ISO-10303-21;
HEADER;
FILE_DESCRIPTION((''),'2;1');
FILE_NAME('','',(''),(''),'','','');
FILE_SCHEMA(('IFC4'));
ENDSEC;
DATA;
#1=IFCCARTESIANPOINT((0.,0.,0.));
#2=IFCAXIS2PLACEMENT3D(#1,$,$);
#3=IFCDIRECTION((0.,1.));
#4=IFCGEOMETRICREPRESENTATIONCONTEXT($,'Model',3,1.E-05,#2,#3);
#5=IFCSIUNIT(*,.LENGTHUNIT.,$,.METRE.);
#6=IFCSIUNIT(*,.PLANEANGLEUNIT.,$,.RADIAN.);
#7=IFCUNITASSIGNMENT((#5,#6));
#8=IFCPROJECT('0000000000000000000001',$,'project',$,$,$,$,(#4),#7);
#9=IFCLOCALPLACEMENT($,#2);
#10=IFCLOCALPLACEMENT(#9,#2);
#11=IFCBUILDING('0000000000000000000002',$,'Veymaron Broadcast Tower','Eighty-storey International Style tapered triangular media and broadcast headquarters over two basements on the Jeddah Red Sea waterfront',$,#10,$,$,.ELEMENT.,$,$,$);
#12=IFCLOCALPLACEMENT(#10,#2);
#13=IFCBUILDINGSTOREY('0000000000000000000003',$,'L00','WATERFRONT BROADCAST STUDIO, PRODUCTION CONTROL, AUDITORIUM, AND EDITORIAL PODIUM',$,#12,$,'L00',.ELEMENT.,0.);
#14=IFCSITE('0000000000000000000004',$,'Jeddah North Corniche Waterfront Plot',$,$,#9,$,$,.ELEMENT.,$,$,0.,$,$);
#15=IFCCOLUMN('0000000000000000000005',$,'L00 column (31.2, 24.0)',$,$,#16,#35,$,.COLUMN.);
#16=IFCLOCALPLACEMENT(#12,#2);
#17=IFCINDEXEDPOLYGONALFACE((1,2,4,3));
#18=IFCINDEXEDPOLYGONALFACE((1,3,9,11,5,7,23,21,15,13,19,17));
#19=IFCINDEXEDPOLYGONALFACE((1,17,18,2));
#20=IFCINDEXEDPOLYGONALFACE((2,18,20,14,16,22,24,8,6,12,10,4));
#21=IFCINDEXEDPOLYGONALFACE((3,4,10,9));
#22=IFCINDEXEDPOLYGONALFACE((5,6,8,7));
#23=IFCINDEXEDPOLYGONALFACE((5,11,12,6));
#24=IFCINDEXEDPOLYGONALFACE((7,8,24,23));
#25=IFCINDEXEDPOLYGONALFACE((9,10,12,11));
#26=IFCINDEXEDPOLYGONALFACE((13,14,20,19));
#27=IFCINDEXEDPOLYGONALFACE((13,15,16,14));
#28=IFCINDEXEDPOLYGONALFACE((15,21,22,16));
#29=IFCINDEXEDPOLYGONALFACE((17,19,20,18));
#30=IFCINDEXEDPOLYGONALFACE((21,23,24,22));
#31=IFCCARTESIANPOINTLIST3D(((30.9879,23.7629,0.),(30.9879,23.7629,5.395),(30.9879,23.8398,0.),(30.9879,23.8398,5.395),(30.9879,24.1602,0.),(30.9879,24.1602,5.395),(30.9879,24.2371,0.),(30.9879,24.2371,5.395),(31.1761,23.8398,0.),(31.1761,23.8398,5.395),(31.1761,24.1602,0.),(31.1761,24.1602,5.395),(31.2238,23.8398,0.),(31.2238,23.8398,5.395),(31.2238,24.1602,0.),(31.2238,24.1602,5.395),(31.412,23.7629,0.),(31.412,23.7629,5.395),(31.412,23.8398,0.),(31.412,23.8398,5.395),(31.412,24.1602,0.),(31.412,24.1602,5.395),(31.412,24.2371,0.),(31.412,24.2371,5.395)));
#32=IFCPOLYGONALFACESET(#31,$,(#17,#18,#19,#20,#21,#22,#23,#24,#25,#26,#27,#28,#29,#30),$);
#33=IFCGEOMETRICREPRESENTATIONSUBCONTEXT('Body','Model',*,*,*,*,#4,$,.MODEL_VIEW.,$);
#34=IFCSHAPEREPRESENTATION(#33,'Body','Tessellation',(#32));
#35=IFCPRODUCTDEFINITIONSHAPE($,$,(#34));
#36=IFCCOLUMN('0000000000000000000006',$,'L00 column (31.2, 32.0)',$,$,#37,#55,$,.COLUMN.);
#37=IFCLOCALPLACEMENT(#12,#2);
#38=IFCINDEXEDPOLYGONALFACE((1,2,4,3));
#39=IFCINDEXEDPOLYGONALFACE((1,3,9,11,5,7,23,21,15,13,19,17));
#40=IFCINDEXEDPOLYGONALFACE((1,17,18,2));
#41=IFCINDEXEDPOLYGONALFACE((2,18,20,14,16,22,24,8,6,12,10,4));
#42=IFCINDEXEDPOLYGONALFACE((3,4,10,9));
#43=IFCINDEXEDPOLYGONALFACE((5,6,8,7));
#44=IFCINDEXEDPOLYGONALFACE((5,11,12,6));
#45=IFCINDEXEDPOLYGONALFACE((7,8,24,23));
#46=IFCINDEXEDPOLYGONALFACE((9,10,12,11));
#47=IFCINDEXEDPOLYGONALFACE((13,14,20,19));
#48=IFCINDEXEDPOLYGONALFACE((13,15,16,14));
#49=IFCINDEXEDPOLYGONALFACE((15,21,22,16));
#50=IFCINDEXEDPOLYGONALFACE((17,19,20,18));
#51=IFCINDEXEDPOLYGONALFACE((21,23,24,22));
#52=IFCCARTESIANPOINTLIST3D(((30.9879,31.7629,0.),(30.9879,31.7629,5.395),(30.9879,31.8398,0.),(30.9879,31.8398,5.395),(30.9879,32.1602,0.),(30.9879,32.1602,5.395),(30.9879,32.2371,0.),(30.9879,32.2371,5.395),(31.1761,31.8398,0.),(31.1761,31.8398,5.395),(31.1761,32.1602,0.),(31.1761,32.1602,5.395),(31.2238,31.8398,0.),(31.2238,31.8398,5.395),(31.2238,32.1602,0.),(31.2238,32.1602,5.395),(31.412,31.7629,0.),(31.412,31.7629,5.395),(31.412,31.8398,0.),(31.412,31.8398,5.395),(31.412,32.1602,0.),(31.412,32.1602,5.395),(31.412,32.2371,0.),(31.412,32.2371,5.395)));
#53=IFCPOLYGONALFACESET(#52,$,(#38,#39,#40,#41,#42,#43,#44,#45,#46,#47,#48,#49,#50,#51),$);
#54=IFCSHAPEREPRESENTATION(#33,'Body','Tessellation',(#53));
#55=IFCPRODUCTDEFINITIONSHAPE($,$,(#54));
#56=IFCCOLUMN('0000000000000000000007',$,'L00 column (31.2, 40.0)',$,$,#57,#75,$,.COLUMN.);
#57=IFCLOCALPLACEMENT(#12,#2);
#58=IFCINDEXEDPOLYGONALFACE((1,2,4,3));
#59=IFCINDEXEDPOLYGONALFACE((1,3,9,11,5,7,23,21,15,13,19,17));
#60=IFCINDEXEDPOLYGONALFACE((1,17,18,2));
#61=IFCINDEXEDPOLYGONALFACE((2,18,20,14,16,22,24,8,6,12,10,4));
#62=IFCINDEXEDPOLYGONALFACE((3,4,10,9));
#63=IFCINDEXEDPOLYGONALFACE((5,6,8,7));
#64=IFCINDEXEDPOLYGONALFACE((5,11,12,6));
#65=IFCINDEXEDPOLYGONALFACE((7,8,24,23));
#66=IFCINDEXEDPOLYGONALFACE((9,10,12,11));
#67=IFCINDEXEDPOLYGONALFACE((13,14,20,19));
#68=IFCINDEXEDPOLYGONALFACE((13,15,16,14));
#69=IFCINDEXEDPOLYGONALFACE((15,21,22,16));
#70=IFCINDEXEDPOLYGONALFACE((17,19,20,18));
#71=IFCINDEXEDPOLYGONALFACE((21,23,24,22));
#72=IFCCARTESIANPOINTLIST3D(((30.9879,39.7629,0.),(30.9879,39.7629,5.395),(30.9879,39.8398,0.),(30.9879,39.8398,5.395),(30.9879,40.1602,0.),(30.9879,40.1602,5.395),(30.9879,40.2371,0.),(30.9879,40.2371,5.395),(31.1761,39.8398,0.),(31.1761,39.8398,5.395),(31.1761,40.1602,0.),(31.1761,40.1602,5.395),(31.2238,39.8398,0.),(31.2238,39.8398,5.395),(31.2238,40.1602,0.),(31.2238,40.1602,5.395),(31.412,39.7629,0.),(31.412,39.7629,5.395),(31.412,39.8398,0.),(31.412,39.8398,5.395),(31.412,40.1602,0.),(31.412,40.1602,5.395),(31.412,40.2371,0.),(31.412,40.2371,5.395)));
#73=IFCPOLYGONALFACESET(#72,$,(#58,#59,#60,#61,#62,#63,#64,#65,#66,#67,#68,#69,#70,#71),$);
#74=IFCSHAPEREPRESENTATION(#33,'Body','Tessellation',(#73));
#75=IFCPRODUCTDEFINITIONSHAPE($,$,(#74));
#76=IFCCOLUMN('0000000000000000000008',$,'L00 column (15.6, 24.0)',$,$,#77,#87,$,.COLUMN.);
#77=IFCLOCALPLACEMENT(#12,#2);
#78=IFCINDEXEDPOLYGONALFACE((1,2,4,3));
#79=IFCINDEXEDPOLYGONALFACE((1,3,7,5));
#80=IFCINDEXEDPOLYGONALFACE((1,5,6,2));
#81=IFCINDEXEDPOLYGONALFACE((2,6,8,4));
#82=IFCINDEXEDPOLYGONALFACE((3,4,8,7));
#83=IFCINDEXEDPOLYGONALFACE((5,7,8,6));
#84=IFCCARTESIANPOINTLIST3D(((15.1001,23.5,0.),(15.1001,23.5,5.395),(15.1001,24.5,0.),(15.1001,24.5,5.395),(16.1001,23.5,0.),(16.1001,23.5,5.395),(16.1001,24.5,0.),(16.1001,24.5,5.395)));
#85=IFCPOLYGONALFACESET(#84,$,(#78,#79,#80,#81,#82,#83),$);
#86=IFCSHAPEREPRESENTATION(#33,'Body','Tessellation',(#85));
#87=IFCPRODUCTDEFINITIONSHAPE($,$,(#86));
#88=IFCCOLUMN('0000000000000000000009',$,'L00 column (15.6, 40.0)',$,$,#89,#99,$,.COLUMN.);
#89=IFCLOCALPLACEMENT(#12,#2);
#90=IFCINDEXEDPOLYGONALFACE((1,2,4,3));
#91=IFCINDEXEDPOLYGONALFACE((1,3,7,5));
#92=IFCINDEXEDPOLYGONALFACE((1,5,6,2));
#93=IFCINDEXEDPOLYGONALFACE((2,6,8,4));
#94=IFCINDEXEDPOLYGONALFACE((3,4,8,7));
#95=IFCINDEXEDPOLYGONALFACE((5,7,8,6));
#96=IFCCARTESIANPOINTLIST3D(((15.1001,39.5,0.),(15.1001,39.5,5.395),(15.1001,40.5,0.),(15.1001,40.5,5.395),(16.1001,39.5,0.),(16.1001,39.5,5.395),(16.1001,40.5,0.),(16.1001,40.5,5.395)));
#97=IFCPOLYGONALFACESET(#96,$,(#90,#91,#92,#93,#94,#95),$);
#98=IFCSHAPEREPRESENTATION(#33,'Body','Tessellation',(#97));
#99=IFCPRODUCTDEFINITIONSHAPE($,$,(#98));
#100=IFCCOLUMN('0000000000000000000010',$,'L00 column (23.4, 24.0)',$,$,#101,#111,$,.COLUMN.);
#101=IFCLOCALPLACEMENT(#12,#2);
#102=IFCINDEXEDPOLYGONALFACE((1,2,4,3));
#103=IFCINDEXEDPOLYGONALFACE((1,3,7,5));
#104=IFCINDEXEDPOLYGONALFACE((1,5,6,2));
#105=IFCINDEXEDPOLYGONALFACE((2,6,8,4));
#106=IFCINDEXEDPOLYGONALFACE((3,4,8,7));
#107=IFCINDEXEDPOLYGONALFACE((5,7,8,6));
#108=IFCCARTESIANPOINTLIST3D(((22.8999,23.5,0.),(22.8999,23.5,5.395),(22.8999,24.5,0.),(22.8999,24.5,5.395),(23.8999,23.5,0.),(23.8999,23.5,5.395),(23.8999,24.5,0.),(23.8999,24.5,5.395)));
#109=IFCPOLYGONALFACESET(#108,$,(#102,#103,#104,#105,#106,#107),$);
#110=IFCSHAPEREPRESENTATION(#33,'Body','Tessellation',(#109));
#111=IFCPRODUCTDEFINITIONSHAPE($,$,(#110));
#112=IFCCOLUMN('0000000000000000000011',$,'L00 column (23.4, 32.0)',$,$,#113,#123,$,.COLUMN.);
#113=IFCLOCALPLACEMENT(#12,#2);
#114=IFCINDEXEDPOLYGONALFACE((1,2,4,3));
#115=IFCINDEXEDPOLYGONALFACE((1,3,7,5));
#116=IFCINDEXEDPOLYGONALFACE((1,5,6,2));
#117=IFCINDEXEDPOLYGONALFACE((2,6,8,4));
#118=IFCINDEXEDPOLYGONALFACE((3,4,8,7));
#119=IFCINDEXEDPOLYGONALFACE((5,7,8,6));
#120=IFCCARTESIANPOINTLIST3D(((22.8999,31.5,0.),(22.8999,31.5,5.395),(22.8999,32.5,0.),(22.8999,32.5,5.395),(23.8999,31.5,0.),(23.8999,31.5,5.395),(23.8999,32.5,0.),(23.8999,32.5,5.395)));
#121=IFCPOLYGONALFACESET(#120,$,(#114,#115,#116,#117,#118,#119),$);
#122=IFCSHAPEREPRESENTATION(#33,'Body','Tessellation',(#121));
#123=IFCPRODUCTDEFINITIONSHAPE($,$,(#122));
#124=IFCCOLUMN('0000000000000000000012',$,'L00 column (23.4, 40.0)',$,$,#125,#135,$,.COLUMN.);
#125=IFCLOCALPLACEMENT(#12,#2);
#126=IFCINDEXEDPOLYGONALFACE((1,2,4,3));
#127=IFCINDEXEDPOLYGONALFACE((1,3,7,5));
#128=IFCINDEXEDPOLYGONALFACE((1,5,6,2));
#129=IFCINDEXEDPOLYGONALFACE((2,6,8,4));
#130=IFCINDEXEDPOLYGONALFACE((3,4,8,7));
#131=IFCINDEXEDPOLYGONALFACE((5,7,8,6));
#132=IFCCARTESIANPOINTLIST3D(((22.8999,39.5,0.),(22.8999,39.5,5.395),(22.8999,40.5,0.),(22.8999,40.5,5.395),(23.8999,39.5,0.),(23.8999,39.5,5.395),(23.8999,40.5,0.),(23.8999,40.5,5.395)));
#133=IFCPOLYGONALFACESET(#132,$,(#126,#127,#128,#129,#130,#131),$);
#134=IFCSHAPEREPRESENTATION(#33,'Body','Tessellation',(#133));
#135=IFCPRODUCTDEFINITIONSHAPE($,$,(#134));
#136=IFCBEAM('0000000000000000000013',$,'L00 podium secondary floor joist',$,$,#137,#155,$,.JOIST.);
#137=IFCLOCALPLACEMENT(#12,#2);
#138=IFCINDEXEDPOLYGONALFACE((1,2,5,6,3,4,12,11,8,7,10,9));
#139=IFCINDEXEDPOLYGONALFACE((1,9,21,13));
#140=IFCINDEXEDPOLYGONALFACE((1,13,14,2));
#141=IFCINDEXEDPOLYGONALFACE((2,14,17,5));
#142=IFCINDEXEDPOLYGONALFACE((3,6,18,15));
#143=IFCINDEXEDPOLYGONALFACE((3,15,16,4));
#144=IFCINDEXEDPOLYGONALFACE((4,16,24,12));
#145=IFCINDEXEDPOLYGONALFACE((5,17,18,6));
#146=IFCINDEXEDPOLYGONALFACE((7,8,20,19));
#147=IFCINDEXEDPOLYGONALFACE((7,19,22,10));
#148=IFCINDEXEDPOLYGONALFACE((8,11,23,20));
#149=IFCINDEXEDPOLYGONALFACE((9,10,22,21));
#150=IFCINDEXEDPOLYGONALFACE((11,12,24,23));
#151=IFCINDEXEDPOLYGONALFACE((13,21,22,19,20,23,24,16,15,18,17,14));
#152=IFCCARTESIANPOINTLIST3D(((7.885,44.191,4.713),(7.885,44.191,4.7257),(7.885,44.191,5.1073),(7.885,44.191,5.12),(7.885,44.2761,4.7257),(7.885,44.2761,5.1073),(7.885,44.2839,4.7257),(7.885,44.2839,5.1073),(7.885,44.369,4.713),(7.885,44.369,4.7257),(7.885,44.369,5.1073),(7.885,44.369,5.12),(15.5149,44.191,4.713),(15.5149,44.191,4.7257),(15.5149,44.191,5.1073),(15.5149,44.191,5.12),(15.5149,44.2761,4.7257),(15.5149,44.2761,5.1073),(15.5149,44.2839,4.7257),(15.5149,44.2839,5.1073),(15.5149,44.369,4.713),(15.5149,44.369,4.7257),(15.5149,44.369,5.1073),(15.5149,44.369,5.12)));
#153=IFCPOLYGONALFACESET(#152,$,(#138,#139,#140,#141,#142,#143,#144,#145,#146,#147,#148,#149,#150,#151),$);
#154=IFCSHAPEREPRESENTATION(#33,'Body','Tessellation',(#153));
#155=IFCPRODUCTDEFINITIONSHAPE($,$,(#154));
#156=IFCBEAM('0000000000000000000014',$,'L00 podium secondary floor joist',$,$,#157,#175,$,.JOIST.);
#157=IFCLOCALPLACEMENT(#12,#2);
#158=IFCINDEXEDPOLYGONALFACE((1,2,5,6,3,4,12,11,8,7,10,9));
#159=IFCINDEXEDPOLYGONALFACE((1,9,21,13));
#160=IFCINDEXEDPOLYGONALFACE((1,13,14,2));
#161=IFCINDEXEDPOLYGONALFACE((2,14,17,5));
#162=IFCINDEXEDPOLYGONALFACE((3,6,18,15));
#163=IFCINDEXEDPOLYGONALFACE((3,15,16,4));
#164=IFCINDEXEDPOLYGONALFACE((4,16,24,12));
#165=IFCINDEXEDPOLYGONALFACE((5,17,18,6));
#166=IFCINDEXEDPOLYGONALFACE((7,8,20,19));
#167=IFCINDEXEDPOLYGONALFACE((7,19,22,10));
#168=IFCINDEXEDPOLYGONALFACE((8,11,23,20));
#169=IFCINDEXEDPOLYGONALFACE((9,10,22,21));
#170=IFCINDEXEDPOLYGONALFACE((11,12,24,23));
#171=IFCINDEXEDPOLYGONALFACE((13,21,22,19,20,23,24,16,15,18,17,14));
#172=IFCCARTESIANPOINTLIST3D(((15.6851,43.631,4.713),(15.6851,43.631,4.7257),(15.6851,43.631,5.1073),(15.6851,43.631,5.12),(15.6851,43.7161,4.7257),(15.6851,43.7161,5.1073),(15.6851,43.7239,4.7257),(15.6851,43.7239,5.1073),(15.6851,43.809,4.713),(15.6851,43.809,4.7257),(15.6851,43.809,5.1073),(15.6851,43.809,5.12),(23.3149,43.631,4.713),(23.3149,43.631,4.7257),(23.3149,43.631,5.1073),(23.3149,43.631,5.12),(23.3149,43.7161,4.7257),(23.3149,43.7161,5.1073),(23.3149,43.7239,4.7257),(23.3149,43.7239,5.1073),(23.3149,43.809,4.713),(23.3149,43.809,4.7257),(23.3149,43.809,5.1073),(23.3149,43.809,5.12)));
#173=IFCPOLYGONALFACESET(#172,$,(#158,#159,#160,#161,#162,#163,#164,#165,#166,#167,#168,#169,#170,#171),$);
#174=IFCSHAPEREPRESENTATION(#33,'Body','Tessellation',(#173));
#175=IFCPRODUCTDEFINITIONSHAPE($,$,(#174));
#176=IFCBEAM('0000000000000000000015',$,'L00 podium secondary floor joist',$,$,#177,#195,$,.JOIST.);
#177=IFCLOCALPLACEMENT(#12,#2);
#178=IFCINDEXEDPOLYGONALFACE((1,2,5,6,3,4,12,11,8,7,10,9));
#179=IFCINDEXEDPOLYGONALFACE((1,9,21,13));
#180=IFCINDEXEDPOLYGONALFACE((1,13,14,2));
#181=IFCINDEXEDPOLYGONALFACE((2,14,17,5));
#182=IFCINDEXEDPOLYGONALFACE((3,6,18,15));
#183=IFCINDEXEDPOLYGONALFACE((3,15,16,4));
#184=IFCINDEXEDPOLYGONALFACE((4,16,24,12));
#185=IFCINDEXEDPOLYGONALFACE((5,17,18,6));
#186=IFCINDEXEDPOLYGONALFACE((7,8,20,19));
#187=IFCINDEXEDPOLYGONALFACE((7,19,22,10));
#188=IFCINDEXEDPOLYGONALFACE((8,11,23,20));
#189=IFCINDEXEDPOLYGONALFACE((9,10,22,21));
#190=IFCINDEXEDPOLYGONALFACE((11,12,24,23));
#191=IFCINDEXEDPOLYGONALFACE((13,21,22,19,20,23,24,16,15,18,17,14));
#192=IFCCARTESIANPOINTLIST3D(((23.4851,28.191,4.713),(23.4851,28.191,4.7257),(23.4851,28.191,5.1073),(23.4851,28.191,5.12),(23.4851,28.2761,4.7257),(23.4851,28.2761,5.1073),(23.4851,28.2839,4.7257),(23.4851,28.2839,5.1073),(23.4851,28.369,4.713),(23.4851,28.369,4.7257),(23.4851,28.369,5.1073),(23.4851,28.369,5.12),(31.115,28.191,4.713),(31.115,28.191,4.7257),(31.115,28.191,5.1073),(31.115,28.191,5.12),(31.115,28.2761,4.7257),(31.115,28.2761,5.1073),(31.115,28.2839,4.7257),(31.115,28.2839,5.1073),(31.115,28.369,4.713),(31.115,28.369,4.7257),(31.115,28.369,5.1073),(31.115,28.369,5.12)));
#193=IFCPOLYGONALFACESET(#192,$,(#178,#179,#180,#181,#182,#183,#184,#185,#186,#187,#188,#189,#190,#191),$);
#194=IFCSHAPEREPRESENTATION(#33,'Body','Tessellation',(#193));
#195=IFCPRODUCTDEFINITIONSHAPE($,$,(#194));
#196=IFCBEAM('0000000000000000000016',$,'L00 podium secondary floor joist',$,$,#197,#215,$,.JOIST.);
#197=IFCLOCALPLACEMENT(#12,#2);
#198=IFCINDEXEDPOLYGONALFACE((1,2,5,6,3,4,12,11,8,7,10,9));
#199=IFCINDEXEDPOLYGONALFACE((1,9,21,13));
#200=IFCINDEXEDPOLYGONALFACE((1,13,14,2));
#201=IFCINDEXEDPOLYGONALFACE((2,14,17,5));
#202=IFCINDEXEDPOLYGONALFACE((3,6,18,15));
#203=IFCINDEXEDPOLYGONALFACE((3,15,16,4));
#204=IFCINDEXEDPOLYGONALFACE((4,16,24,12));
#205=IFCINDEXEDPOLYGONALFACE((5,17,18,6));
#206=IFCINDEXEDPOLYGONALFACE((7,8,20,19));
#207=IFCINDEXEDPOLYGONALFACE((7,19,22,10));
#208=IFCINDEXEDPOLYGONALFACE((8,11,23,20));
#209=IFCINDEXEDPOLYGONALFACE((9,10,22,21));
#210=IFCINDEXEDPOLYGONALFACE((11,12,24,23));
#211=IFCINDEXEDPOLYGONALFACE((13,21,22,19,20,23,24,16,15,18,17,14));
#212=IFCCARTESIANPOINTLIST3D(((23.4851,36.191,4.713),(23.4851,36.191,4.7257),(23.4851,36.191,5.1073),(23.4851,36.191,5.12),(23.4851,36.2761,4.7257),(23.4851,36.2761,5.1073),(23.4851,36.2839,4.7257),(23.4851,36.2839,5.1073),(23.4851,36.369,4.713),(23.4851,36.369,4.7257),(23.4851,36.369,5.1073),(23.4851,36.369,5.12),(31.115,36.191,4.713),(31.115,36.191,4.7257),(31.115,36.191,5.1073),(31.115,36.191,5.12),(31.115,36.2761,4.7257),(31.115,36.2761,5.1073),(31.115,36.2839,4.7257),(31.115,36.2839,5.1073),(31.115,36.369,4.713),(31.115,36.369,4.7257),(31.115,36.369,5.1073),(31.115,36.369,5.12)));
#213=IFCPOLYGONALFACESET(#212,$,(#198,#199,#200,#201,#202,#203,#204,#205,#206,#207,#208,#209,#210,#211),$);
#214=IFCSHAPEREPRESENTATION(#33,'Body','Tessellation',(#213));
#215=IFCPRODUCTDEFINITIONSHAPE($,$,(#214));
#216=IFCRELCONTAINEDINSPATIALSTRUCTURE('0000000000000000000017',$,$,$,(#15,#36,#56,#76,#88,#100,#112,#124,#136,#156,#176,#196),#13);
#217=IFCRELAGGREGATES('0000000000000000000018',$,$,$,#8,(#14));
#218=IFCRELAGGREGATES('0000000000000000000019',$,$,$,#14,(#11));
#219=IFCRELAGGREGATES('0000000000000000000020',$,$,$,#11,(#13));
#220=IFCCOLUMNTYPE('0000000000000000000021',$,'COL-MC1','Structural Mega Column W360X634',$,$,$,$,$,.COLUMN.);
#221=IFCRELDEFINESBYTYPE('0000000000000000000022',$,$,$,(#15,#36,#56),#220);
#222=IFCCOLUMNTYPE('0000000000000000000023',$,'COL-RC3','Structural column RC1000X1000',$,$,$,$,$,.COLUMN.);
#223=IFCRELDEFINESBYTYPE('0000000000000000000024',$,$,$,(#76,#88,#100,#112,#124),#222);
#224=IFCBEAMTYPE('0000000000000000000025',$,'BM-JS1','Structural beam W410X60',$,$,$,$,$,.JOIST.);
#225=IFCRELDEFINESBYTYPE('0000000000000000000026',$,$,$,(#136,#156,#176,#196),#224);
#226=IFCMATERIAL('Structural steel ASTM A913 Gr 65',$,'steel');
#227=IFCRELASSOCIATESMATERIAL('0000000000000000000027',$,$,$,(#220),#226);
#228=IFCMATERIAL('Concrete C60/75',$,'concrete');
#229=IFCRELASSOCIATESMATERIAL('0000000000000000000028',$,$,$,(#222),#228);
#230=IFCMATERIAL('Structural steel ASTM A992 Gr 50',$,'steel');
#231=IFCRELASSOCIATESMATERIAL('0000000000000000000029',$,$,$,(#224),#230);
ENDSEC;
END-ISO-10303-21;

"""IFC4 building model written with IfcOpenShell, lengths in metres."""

from ifc_helpers import new_model, si_unit, direction, frame, origin, origin_2d, place, context, subcontext, project, spatial, rectangle, i_section, extrude, material, material_profile, profile_set, type_object, element, save


model = new_model("IFC4")

# Units and contexts
model_context = context("Model", 3, precision=1e-05, world=origin(), true_north=direction((0.0, 1.0)))
body_context = subcontext(model_context, "Body", "Model", "MODEL_VIEW")
ifc_project = project(units=[si_unit("LENGTHUNIT", "METRE"), si_unit("PLANEANGLEUNIT", "RADIAN")], contexts=[model_context])

# Site, building, storey
site_placement = place(None, origin())
site = spatial("IfcSite", under=ifc_project, at=site_placement, Name="Jeddah North Corniche Waterfront Plot", CompositionType="ELEMENT", RefElevation=0.0)
building_placement = place(site_placement, origin())
building = spatial("IfcBuilding", under=site, at=building_placement, Name="Veymaron Broadcast Tower", Description="Eighty-storey International Style tapered triangular media and broadcast headquarters over two basements on the Jeddah Red Sea waterfront", CompositionType="ELEMENT")
storey_placement = place(building_placement, origin())
storey = spatial("IfcBuildingStorey", under=building, at=storey_placement, Name="L00", Description="WATERFRONT BROADCAST STUDIO, PRODUCTION CONTROL, AUDITORIUM, AND EDITORIAL PODIUM", LongName="L00", CompositionType="ELEMENT", Elevation=0.0)

# Columns
ifc_material_1 = material(Name="Structural steel ASTM A913 Gr 65", Category="steel")
ifc_material_profile_1 = material_profile(ifc_material_1, i_section(OverallWidth=0.4241, OverallDepth=0.4741, WebThickness=0.0476, FlangeThickness=0.0769, at=origin_2d()), Name="W360X634")
ifc_profile_set_1 = profile_set([ifc_material_profile_1], Name="Structural steel ASTM A913 Gr 65")
column_type_1 = type_object("IfcColumnType", Name="COL-MC1", Description="Structural Mega Column W360X634", PredefinedType="COLUMN", material=ifc_profile_set_1)
for number, where, z_axis, x_axis, name in (
    (1, (31.2, 24.0, 0.0), (0.0, 0.0, 1.0), (1.0, 0.0, 0.0), "L00 column (31.2, 24.0)"),
    (2, (31.2, 32.0, 0.0), (0.0, 0.0, 1.0), (1.0, 0.0, 0.0), "L00 column (31.2, 32.0)"),
    (3, (31.2, 40.0, 0.0), (0.0, 0.0, 1.0), (1.0, 0.0, 0.0), "L00 column (31.2, 40.0)"),
):
    element("IfcColumn", number, at=place(storey_placement, frame(where, z_axis=z_axis, x_axis=x_axis)), inside=storey, type_object=column_type_1, Name=name, PredefinedType="COLUMN", context=body_context, shape_type="SweptSolid", body=[
        extrude(i_section(OverallWidth=0.4241, OverallDepth=0.4741, WebThickness=0.0476, FlangeThickness=0.0769, at=origin_2d()), origin(), (0.0, 0.0, 1.0), 5.395),
    ])
ifc_material_2 = material(Name="Concrete C60/75", Category="concrete")
ifc_material_profile_2 = material_profile(ifc_material_2, rectangle(XDim=1.0, YDim=1.0, at=origin_2d()), Name="RC1000X1000")
ifc_profile_set_2 = profile_set([ifc_material_profile_2], Name="Concrete C60/75")
column_type_2 = type_object("IfcColumnType", Name="COL-RC3", Description="Structural column RC1000X1000", PredefinedType="COLUMN", material=ifc_profile_set_2)
for number, where, z_axis, x_axis, name in (
    (4, (15.6001, 24.0, 0.0), (0.0, 0.0, 1.0), (1.0, 0.0, 0.0), "L00 column (15.6, 24.0)"),
    (5, (15.6001, 40.0, 0.0), (0.0, 0.0, 1.0), (1.0, 0.0, 0.0), "L00 column (15.6, 40.0)"),
    (6, (23.3999, 24.0, 0.0), (0.0, 0.0, 1.0), (1.0, 0.0, 0.0), "L00 column (23.4, 24.0)"),
    (7, (23.3999, 32.0, 0.0), (0.0, 0.0, 1.0), (1.0, 0.0, 0.0), "L00 column (23.4, 32.0)"),
    (8, (23.3999, 40.0, 0.0), (0.0, 0.0, 1.0), (1.0, 0.0, 0.0), "L00 column (23.4, 40.0)"),
):
    element("IfcColumn", number, at=place(storey_placement, frame(where, z_axis=z_axis, x_axis=x_axis)), inside=storey, type_object=column_type_2, Name=name, PredefinedType="COLUMN", context=body_context, shape_type="SweptSolid", body=[
        extrude(rectangle(XDim=1.0, YDim=1.0, at=origin_2d()), origin(), (0.0, 0.0, 1.0), 5.395),
    ])

# Beams
ifc_material_3 = material(Name="Structural steel ASTM A992 Gr 50", Category="steel")
ifc_material_profile_3 = material_profile(ifc_material_3, i_section(OverallWidth=0.178, OverallDepth=0.407, WebThickness=0.0078, FlangeThickness=0.0127, at=origin_2d()), Name="W410X60")
ifc_profile_set_3 = profile_set([ifc_material_profile_3], Name="Structural steel ASTM A992 Gr 50")
beam_type_1 = type_object("IfcBeamType", Name="BM-JS1", Description="Structural beam W410X60", PredefinedType="JOIST", material=ifc_profile_set_3)
for number, where, z_axis, x_axis, name in (
    (9, (7.885, 44.28, 4.9165), (1.0, 0.0, 0.0), (0.0, 1.0, 0.0), "L00 podium secondary floor joist"),
    (10, (15.6851, 43.72, 4.9165), (1.0, 0.0, 0.0), (0.0, 1.0, 0.0), "L00 podium secondary floor joist"),
    (11, (23.4851, 28.28, 4.9165), (1.0, 0.0, 0.0), (0.0, 1.0, 0.0), "L00 podium secondary floor joist"),
    (12, (23.4851, 36.28, 4.9165), (1.0, 0.0, 0.0), (0.0, 1.0, 0.0), "L00 podium secondary floor joist"),
):
    element("IfcBeam", number, at=place(storey_placement, frame(where, z_axis=z_axis, x_axis=x_axis)), inside=storey, type_object=beam_type_1, Name=name, PredefinedType="JOIST", context=body_context, shape_type="SweptSolid", body=[
        extrude(i_section(OverallWidth=0.178, OverallDepth=0.407, WebThickness=0.0078, FlangeThickness=0.0127, at=origin_2d()), origin(), (0.0, 0.0, 1.0), 7.6299),
    ])

save(model, "model.ifc")
